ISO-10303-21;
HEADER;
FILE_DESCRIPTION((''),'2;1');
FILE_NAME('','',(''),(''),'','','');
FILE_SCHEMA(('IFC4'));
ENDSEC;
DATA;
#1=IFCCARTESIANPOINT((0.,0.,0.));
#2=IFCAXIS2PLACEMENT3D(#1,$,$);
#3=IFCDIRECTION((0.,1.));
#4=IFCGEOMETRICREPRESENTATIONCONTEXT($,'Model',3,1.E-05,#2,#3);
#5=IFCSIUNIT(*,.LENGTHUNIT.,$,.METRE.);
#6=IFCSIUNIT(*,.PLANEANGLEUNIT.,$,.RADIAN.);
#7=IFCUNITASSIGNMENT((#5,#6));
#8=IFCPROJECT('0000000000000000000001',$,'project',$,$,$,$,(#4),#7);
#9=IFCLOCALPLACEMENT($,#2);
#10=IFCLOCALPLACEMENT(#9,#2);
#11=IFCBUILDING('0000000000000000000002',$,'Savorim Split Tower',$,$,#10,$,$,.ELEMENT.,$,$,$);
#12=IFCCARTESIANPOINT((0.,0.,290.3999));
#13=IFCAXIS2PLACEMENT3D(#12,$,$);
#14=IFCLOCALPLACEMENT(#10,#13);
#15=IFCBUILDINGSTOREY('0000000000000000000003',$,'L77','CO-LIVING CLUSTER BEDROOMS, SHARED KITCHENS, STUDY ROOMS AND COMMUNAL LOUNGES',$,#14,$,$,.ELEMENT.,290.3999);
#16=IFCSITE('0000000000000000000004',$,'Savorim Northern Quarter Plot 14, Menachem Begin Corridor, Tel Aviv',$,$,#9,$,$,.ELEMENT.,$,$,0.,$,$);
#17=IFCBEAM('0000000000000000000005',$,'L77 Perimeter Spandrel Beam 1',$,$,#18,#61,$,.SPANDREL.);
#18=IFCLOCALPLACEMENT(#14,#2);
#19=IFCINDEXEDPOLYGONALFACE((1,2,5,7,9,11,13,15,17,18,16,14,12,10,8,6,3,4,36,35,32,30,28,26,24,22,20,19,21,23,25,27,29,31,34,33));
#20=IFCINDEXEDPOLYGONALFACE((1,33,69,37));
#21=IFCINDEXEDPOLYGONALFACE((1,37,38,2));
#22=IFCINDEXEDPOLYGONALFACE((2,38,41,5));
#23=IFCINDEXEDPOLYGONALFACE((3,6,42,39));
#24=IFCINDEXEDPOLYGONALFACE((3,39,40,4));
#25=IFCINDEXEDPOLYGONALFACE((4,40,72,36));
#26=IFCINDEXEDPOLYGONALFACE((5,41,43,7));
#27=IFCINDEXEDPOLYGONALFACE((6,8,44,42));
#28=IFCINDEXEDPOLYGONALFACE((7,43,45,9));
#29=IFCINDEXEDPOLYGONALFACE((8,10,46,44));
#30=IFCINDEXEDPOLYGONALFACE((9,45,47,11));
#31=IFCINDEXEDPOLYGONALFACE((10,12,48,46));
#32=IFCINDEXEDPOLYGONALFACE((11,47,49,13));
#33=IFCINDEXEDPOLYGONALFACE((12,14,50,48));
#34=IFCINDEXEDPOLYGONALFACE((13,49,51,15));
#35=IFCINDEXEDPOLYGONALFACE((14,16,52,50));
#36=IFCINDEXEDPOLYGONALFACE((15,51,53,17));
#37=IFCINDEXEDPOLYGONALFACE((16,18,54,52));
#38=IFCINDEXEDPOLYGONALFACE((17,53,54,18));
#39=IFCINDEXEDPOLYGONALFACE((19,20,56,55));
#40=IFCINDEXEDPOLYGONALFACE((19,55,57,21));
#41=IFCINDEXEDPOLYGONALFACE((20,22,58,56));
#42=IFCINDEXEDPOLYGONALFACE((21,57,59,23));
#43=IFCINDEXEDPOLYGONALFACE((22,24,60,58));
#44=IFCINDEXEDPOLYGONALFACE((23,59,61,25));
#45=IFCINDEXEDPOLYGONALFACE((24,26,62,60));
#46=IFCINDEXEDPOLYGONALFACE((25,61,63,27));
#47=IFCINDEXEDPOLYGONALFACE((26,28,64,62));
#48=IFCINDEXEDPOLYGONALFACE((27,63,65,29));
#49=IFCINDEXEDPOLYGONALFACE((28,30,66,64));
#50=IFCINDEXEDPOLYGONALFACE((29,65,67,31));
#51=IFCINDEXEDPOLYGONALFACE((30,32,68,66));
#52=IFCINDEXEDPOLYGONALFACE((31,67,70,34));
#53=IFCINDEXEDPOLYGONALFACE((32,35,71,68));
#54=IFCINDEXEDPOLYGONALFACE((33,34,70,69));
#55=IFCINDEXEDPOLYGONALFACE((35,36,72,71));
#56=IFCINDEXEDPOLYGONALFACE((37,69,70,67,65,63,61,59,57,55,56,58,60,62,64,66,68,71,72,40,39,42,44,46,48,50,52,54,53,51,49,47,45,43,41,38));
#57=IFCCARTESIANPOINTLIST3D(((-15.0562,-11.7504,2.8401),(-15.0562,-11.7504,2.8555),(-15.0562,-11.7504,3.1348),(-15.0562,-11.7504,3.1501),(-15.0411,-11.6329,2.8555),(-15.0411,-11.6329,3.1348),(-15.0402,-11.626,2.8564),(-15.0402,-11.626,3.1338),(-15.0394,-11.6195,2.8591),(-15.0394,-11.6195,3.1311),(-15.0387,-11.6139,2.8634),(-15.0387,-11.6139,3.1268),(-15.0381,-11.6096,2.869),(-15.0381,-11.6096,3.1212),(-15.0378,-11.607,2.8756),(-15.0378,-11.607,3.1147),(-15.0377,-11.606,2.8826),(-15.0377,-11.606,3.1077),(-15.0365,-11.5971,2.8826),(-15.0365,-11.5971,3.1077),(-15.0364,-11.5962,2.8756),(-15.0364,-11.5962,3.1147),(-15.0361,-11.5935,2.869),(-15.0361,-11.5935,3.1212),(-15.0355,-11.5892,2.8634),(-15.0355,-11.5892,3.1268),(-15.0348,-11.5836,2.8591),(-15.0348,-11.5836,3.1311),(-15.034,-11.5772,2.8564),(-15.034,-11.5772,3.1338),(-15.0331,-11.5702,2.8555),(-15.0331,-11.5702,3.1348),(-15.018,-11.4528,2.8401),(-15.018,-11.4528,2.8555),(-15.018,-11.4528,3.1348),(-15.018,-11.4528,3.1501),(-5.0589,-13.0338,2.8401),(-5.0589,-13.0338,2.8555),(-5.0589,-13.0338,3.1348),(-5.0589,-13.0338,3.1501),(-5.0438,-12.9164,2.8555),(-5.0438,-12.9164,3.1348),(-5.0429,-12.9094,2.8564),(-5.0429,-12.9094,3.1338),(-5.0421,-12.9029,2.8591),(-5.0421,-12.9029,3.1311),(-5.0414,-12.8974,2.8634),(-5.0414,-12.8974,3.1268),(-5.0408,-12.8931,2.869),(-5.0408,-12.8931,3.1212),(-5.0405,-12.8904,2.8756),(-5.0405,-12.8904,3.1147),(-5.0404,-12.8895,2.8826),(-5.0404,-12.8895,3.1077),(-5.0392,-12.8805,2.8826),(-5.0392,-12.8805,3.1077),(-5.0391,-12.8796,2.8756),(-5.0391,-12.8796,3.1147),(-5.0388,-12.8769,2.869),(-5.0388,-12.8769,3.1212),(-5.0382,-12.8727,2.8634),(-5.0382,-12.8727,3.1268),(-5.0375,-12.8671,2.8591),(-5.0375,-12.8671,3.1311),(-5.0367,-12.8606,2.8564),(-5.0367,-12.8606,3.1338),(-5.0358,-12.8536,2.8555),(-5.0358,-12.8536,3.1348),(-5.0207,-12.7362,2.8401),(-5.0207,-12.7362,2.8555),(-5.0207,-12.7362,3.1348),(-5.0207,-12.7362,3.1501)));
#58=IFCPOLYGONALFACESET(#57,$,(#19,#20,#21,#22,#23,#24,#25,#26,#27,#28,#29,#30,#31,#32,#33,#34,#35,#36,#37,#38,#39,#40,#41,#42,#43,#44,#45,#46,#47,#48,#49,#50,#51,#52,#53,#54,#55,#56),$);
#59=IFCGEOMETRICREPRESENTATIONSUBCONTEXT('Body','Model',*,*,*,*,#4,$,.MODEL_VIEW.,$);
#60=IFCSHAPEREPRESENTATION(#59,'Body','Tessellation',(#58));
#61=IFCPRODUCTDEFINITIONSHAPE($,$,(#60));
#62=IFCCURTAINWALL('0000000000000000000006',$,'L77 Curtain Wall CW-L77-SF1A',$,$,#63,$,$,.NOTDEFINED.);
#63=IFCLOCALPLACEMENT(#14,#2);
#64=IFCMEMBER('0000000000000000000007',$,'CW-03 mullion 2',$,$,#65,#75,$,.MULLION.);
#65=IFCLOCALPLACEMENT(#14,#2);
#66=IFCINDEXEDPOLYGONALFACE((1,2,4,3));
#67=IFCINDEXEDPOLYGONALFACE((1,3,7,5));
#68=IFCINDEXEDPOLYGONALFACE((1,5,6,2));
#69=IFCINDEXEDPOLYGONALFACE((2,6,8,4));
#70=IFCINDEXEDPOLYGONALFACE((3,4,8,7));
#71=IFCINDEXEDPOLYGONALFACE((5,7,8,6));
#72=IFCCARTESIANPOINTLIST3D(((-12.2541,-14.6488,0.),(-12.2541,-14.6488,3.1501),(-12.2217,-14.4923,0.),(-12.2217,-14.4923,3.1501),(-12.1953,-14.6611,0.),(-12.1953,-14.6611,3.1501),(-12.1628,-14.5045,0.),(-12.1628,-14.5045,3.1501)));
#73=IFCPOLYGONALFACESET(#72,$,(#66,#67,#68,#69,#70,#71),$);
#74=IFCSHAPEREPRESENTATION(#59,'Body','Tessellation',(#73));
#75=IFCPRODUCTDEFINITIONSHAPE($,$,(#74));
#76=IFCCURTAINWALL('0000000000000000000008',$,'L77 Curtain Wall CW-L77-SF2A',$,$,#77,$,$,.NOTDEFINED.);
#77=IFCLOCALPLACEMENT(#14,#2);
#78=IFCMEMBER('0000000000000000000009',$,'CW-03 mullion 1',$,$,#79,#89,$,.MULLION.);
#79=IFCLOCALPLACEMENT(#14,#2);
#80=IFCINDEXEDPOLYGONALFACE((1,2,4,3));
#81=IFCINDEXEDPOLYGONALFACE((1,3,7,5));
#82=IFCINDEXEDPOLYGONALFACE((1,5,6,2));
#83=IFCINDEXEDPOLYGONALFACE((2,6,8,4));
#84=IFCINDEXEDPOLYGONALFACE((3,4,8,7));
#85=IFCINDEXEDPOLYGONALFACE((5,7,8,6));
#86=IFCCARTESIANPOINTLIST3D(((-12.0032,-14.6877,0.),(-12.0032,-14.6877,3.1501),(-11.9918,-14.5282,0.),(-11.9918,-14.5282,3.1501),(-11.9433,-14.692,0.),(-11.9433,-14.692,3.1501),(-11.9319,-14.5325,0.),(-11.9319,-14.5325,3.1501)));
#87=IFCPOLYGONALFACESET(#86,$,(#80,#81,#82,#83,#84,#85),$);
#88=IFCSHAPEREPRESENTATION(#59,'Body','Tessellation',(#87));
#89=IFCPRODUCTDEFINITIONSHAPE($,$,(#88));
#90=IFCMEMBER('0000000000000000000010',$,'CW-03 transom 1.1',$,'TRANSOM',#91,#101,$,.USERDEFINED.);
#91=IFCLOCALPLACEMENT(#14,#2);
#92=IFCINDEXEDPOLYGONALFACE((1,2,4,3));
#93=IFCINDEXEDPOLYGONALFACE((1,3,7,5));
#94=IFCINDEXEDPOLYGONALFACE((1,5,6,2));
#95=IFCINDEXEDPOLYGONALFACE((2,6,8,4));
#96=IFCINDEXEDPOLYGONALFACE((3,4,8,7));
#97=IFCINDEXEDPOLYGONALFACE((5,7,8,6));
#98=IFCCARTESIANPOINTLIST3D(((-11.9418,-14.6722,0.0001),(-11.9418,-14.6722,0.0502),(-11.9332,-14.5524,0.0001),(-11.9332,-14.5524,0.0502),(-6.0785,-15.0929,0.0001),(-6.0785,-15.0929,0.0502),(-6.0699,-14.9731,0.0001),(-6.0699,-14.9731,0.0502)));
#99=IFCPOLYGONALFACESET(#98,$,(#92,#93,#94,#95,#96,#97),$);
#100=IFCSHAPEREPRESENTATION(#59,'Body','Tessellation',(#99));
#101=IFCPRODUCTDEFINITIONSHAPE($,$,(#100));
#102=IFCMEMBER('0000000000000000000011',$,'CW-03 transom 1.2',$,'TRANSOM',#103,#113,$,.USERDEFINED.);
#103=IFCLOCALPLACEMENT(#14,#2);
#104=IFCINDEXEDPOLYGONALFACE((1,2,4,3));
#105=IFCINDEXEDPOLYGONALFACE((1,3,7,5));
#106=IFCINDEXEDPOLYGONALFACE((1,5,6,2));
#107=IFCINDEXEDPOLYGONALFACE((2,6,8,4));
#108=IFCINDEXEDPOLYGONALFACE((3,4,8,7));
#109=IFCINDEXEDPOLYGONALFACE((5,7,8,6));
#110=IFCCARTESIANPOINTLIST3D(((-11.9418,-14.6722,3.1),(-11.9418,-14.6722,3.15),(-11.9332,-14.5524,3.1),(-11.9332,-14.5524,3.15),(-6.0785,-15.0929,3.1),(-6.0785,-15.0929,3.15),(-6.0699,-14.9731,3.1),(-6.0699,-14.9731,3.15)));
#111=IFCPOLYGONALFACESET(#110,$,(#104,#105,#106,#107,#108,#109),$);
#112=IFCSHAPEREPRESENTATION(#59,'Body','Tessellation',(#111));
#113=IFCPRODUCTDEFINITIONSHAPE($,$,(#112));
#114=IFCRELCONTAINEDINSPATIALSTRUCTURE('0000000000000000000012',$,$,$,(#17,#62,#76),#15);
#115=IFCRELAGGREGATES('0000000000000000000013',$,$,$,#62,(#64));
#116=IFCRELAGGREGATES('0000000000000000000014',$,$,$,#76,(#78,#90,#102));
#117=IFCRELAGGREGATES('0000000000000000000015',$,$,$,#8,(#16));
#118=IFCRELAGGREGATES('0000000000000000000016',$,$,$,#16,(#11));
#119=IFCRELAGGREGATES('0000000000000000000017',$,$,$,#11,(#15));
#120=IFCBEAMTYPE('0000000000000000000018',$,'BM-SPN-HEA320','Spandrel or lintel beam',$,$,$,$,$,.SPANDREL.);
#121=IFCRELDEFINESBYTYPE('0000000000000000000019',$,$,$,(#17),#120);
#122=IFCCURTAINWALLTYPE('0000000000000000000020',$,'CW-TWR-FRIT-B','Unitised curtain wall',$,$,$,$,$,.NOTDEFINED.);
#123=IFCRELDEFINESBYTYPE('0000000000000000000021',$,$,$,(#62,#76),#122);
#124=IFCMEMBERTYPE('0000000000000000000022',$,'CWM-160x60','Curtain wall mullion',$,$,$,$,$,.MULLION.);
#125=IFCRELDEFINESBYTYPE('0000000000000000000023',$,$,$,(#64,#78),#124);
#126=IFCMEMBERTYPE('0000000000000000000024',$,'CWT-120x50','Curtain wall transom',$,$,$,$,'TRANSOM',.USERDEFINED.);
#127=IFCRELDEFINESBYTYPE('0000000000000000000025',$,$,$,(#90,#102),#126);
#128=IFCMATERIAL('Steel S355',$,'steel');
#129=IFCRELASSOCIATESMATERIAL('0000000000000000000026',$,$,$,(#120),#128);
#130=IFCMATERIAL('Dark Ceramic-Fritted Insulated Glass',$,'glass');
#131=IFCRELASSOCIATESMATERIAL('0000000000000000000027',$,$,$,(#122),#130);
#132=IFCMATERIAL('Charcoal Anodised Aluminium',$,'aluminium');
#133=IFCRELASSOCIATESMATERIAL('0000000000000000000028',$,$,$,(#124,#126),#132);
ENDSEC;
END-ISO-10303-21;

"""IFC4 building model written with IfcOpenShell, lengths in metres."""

from ifc_helpers import new_model, si_unit, direction, frame, origin, origin_2d, place, context, subcontext, project, spatial, rectangle, i_section, extrude, material, material_profile, profile_set, type_object, element, aggregate, save


model = new_model("IFC4")

# Units and contexts
model_context = context("Model", 3, precision=1e-05, world=origin(), true_north=direction((0.0, 1.0)))
body_context = subcontext(model_context, "Body", "Model", "MODEL_VIEW")
ifc_project = project(units=[si_unit("LENGTHUNIT", "METRE"), si_unit("PLANEANGLEUNIT", "RADIAN")], contexts=[model_context])

# Site, building, storey
site_placement = place(None, origin())
site = spatial("IfcSite", under=ifc_project, at=site_placement, Name="Savorim Northern Quarter Plot 14, Menachem Begin Corridor, Tel Aviv", CompositionType="ELEMENT", RefElevation=0.0)
building_placement = place(site_placement, origin())
building = spatial("IfcBuilding", under=site, at=building_placement, Name="Savorim Split Tower", CompositionType="ELEMENT")
storey_placement = place(building_placement, frame((0.0, 0.0, 290.3999)))
storey = spatial("IfcBuildingStorey", under=building, at=storey_placement, Name="L77", Description="CO-LIVING CLUSTER BEDROOMS, SHARED KITCHENS, STUDY ROOMS AND COMMUNAL LOUNGES", CompositionType="ELEMENT", Elevation=290.3999)

# Shared definitions
ifc_material_1 = material(Name="Steel S355", Category="steel")

# Beam
ifc_material_profile_1 = material_profile(ifc_material_1, i_section(OverallWidth=0.3, OverallDepth=0.3101, WebThickness=0.009, FlangeThickness=0.0154, FilletRadius=0.0271, at=origin_2d()), Name="HEA 320")
ifc_profile_set_1 = profile_set([ifc_material_profile_1], Name="Steel S355")
beam_type_1 = type_object("IfcBeamType", Name="BM-SPN-HEA320", Description="Spandrel or lintel beam", PredefinedType="SPANDREL", material=ifc_profile_set_1)
beam_1_placement = place(storey_placement, frame((-15.0371, -11.6016, 2.9951), z_axis=(0.99186, -0.127334, 0.0), x_axis=(0.127334, 0.99186, 0.0)))
element("IfcBeam", 1, at=beam_1_placement, inside=storey, type_object=beam_type_1, Name="L77 Perimeter Spandrel Beam 1", PredefinedType="SPANDREL", context=body_context, shape_type="SweptSolid", body=[
    extrude(i_section(OverallWidth=0.3, OverallDepth=0.3101, WebThickness=0.009, FlangeThickness=0.0154, FilletRadius=0.0271, at=origin_2d()), origin(), (0.0, 0.0, 1.0), 10.0793),
])

# Curtain wall, member
ifc_material_2 = material(Name="Dark Ceramic-Fritted Insulated Glass", Category="glass")
curtain_wall_type = type_object("IfcCurtainWallType", Name="CW-TWR-FRIT-B", Description="Unitised curtain wall", PredefinedType="NOTDEFINED", material=ifc_material_2)
curtain_wall_1_placement = place(storey_placement, origin())
curtain_wall_1 = element("IfcCurtainWall", 2, at=curtain_wall_1_placement, inside=storey, type_object=curtain_wall_type, Name="L77 Curtain Wall CW-L77-SF1A", PredefinedType="NOTDEFINED")
ifc_material_3 = material(Name="Charcoal Anodised Aluminium", Category="aluminium")
ifc_material_profile_2 = material_profile(ifc_material_3, rectangle(XDim=0.1599, YDim=0.0601, at=origin_2d()), Name="ALU-M 160x60")
ifc_profile_set_2 = profile_set([ifc_material_profile_2], Name="Charcoal Anodised Aluminium")
member_type_1 = type_object("IfcMemberType", Name="CWM-160x60", Description="Curtain wall mullion", PredefinedType="MULLION", material=ifc_profile_set_2)
member_1_placement = place(storey_placement, frame((-12.2085, -14.5767, 0.0), z_axis=(0.0, 0.0, 1.0), x_axis=(0.203215, 0.979134, 0.0)))
member_1 = element("IfcMember", 3, at=member_1_placement, type_object=member_type_1, Name="CW-03 mullion 2", PredefinedType="MULLION", context=body_context, shape_type="SweptSolid", body=[
    extrude(rectangle(XDim=0.1599, YDim=0.0601, at=origin_2d()), origin(), (0.0, 0.0, 1.0), 3.1501),
])
aggregate(curtain_wall_1, [member_1])

# Curtain wall, members
curtain_wall_2_placement = place(storey_placement, origin())
curtain_wall_2 = element("IfcCurtainWall", 4, at=curtain_wall_2_placement, inside=storey, type_object=curtain_wall_type, Name="L77 Curtain Wall CW-L77-SF2A", PredefinedType="NOTDEFINED")
member_2_placement = place(storey_placement, frame((-11.9675, -14.6101, 0.0), z_axis=(0.0, 0.0, 1.0), x_axis=(0.07156, 0.997436, 0.0)))
member_2 = element("IfcMember", 5, at=member_2_placement, type_object=member_type_1, Name="CW-03 mullion 1", PredefinedType="MULLION", context=body_context, shape_type="SweptSolid", body=[
    extrude(rectangle(XDim=0.1599, YDim=0.0601, at=origin_2d()), origin(), (0.0, 0.0, 1.0), 3.1501),
])
ifc_material_profile_3 = material_profile(ifc_material_3, rectangle(XDim=0.1201, YDim=0.05, at=origin_2d()), Name="ALU-T 120x50")
ifc_profile_set_3 = profile_set([ifc_material_profile_3], Name="Charcoal Anodised Aluminium")
member_type_2 = type_object("IfcMemberType", Name="CWT-120x50", Description="Curtain wall transom", ElementType="TRANSOM", PredefinedType="USERDEFINED", material=ifc_profile_set_3)
member_3_placement = place(storey_placement, frame((-11.9375, -14.6123, 0.0251), z_axis=(0.997436, -0.07156, 0.0), x_axis=(0.07156, 0.997436, 0.0)))
member_3 = element("IfcMember", 6, at=member_3_placement, type_object=member_type_2, Name="CW-03 transom 1.1", ObjectType="TRANSOM", PredefinedType="USERDEFINED", context=body_context, shape_type="SweptSolid", body=[
    extrude(rectangle(XDim=0.1201, YDim=0.05, at=origin_2d()), origin(), (0.0, 0.0, 1.0), 5.8784),
])
member_4_placement = place(storey_placement, frame((-11.9375, -14.6123, 3.125), z_axis=(0.997436, -0.07156, 0.0), x_axis=(0.07156, 0.997436, 0.0)))
member_4 = element("IfcMember", 7, at=member_4_placement, type_object=member_type_2, Name="CW-03 transom 1.2", ObjectType="TRANSOM", PredefinedType="USERDEFINED", context=body_context, shape_type="SweptSolid", body=[
    extrude(rectangle(XDim=0.1201, YDim=0.05, at=origin_2d()), origin(), (0.0, 0.0, 1.0), 5.8784),
])
aggregate(curtain_wall_2, [member_2, member_3, member_4])

save(model, "model.ifc")
